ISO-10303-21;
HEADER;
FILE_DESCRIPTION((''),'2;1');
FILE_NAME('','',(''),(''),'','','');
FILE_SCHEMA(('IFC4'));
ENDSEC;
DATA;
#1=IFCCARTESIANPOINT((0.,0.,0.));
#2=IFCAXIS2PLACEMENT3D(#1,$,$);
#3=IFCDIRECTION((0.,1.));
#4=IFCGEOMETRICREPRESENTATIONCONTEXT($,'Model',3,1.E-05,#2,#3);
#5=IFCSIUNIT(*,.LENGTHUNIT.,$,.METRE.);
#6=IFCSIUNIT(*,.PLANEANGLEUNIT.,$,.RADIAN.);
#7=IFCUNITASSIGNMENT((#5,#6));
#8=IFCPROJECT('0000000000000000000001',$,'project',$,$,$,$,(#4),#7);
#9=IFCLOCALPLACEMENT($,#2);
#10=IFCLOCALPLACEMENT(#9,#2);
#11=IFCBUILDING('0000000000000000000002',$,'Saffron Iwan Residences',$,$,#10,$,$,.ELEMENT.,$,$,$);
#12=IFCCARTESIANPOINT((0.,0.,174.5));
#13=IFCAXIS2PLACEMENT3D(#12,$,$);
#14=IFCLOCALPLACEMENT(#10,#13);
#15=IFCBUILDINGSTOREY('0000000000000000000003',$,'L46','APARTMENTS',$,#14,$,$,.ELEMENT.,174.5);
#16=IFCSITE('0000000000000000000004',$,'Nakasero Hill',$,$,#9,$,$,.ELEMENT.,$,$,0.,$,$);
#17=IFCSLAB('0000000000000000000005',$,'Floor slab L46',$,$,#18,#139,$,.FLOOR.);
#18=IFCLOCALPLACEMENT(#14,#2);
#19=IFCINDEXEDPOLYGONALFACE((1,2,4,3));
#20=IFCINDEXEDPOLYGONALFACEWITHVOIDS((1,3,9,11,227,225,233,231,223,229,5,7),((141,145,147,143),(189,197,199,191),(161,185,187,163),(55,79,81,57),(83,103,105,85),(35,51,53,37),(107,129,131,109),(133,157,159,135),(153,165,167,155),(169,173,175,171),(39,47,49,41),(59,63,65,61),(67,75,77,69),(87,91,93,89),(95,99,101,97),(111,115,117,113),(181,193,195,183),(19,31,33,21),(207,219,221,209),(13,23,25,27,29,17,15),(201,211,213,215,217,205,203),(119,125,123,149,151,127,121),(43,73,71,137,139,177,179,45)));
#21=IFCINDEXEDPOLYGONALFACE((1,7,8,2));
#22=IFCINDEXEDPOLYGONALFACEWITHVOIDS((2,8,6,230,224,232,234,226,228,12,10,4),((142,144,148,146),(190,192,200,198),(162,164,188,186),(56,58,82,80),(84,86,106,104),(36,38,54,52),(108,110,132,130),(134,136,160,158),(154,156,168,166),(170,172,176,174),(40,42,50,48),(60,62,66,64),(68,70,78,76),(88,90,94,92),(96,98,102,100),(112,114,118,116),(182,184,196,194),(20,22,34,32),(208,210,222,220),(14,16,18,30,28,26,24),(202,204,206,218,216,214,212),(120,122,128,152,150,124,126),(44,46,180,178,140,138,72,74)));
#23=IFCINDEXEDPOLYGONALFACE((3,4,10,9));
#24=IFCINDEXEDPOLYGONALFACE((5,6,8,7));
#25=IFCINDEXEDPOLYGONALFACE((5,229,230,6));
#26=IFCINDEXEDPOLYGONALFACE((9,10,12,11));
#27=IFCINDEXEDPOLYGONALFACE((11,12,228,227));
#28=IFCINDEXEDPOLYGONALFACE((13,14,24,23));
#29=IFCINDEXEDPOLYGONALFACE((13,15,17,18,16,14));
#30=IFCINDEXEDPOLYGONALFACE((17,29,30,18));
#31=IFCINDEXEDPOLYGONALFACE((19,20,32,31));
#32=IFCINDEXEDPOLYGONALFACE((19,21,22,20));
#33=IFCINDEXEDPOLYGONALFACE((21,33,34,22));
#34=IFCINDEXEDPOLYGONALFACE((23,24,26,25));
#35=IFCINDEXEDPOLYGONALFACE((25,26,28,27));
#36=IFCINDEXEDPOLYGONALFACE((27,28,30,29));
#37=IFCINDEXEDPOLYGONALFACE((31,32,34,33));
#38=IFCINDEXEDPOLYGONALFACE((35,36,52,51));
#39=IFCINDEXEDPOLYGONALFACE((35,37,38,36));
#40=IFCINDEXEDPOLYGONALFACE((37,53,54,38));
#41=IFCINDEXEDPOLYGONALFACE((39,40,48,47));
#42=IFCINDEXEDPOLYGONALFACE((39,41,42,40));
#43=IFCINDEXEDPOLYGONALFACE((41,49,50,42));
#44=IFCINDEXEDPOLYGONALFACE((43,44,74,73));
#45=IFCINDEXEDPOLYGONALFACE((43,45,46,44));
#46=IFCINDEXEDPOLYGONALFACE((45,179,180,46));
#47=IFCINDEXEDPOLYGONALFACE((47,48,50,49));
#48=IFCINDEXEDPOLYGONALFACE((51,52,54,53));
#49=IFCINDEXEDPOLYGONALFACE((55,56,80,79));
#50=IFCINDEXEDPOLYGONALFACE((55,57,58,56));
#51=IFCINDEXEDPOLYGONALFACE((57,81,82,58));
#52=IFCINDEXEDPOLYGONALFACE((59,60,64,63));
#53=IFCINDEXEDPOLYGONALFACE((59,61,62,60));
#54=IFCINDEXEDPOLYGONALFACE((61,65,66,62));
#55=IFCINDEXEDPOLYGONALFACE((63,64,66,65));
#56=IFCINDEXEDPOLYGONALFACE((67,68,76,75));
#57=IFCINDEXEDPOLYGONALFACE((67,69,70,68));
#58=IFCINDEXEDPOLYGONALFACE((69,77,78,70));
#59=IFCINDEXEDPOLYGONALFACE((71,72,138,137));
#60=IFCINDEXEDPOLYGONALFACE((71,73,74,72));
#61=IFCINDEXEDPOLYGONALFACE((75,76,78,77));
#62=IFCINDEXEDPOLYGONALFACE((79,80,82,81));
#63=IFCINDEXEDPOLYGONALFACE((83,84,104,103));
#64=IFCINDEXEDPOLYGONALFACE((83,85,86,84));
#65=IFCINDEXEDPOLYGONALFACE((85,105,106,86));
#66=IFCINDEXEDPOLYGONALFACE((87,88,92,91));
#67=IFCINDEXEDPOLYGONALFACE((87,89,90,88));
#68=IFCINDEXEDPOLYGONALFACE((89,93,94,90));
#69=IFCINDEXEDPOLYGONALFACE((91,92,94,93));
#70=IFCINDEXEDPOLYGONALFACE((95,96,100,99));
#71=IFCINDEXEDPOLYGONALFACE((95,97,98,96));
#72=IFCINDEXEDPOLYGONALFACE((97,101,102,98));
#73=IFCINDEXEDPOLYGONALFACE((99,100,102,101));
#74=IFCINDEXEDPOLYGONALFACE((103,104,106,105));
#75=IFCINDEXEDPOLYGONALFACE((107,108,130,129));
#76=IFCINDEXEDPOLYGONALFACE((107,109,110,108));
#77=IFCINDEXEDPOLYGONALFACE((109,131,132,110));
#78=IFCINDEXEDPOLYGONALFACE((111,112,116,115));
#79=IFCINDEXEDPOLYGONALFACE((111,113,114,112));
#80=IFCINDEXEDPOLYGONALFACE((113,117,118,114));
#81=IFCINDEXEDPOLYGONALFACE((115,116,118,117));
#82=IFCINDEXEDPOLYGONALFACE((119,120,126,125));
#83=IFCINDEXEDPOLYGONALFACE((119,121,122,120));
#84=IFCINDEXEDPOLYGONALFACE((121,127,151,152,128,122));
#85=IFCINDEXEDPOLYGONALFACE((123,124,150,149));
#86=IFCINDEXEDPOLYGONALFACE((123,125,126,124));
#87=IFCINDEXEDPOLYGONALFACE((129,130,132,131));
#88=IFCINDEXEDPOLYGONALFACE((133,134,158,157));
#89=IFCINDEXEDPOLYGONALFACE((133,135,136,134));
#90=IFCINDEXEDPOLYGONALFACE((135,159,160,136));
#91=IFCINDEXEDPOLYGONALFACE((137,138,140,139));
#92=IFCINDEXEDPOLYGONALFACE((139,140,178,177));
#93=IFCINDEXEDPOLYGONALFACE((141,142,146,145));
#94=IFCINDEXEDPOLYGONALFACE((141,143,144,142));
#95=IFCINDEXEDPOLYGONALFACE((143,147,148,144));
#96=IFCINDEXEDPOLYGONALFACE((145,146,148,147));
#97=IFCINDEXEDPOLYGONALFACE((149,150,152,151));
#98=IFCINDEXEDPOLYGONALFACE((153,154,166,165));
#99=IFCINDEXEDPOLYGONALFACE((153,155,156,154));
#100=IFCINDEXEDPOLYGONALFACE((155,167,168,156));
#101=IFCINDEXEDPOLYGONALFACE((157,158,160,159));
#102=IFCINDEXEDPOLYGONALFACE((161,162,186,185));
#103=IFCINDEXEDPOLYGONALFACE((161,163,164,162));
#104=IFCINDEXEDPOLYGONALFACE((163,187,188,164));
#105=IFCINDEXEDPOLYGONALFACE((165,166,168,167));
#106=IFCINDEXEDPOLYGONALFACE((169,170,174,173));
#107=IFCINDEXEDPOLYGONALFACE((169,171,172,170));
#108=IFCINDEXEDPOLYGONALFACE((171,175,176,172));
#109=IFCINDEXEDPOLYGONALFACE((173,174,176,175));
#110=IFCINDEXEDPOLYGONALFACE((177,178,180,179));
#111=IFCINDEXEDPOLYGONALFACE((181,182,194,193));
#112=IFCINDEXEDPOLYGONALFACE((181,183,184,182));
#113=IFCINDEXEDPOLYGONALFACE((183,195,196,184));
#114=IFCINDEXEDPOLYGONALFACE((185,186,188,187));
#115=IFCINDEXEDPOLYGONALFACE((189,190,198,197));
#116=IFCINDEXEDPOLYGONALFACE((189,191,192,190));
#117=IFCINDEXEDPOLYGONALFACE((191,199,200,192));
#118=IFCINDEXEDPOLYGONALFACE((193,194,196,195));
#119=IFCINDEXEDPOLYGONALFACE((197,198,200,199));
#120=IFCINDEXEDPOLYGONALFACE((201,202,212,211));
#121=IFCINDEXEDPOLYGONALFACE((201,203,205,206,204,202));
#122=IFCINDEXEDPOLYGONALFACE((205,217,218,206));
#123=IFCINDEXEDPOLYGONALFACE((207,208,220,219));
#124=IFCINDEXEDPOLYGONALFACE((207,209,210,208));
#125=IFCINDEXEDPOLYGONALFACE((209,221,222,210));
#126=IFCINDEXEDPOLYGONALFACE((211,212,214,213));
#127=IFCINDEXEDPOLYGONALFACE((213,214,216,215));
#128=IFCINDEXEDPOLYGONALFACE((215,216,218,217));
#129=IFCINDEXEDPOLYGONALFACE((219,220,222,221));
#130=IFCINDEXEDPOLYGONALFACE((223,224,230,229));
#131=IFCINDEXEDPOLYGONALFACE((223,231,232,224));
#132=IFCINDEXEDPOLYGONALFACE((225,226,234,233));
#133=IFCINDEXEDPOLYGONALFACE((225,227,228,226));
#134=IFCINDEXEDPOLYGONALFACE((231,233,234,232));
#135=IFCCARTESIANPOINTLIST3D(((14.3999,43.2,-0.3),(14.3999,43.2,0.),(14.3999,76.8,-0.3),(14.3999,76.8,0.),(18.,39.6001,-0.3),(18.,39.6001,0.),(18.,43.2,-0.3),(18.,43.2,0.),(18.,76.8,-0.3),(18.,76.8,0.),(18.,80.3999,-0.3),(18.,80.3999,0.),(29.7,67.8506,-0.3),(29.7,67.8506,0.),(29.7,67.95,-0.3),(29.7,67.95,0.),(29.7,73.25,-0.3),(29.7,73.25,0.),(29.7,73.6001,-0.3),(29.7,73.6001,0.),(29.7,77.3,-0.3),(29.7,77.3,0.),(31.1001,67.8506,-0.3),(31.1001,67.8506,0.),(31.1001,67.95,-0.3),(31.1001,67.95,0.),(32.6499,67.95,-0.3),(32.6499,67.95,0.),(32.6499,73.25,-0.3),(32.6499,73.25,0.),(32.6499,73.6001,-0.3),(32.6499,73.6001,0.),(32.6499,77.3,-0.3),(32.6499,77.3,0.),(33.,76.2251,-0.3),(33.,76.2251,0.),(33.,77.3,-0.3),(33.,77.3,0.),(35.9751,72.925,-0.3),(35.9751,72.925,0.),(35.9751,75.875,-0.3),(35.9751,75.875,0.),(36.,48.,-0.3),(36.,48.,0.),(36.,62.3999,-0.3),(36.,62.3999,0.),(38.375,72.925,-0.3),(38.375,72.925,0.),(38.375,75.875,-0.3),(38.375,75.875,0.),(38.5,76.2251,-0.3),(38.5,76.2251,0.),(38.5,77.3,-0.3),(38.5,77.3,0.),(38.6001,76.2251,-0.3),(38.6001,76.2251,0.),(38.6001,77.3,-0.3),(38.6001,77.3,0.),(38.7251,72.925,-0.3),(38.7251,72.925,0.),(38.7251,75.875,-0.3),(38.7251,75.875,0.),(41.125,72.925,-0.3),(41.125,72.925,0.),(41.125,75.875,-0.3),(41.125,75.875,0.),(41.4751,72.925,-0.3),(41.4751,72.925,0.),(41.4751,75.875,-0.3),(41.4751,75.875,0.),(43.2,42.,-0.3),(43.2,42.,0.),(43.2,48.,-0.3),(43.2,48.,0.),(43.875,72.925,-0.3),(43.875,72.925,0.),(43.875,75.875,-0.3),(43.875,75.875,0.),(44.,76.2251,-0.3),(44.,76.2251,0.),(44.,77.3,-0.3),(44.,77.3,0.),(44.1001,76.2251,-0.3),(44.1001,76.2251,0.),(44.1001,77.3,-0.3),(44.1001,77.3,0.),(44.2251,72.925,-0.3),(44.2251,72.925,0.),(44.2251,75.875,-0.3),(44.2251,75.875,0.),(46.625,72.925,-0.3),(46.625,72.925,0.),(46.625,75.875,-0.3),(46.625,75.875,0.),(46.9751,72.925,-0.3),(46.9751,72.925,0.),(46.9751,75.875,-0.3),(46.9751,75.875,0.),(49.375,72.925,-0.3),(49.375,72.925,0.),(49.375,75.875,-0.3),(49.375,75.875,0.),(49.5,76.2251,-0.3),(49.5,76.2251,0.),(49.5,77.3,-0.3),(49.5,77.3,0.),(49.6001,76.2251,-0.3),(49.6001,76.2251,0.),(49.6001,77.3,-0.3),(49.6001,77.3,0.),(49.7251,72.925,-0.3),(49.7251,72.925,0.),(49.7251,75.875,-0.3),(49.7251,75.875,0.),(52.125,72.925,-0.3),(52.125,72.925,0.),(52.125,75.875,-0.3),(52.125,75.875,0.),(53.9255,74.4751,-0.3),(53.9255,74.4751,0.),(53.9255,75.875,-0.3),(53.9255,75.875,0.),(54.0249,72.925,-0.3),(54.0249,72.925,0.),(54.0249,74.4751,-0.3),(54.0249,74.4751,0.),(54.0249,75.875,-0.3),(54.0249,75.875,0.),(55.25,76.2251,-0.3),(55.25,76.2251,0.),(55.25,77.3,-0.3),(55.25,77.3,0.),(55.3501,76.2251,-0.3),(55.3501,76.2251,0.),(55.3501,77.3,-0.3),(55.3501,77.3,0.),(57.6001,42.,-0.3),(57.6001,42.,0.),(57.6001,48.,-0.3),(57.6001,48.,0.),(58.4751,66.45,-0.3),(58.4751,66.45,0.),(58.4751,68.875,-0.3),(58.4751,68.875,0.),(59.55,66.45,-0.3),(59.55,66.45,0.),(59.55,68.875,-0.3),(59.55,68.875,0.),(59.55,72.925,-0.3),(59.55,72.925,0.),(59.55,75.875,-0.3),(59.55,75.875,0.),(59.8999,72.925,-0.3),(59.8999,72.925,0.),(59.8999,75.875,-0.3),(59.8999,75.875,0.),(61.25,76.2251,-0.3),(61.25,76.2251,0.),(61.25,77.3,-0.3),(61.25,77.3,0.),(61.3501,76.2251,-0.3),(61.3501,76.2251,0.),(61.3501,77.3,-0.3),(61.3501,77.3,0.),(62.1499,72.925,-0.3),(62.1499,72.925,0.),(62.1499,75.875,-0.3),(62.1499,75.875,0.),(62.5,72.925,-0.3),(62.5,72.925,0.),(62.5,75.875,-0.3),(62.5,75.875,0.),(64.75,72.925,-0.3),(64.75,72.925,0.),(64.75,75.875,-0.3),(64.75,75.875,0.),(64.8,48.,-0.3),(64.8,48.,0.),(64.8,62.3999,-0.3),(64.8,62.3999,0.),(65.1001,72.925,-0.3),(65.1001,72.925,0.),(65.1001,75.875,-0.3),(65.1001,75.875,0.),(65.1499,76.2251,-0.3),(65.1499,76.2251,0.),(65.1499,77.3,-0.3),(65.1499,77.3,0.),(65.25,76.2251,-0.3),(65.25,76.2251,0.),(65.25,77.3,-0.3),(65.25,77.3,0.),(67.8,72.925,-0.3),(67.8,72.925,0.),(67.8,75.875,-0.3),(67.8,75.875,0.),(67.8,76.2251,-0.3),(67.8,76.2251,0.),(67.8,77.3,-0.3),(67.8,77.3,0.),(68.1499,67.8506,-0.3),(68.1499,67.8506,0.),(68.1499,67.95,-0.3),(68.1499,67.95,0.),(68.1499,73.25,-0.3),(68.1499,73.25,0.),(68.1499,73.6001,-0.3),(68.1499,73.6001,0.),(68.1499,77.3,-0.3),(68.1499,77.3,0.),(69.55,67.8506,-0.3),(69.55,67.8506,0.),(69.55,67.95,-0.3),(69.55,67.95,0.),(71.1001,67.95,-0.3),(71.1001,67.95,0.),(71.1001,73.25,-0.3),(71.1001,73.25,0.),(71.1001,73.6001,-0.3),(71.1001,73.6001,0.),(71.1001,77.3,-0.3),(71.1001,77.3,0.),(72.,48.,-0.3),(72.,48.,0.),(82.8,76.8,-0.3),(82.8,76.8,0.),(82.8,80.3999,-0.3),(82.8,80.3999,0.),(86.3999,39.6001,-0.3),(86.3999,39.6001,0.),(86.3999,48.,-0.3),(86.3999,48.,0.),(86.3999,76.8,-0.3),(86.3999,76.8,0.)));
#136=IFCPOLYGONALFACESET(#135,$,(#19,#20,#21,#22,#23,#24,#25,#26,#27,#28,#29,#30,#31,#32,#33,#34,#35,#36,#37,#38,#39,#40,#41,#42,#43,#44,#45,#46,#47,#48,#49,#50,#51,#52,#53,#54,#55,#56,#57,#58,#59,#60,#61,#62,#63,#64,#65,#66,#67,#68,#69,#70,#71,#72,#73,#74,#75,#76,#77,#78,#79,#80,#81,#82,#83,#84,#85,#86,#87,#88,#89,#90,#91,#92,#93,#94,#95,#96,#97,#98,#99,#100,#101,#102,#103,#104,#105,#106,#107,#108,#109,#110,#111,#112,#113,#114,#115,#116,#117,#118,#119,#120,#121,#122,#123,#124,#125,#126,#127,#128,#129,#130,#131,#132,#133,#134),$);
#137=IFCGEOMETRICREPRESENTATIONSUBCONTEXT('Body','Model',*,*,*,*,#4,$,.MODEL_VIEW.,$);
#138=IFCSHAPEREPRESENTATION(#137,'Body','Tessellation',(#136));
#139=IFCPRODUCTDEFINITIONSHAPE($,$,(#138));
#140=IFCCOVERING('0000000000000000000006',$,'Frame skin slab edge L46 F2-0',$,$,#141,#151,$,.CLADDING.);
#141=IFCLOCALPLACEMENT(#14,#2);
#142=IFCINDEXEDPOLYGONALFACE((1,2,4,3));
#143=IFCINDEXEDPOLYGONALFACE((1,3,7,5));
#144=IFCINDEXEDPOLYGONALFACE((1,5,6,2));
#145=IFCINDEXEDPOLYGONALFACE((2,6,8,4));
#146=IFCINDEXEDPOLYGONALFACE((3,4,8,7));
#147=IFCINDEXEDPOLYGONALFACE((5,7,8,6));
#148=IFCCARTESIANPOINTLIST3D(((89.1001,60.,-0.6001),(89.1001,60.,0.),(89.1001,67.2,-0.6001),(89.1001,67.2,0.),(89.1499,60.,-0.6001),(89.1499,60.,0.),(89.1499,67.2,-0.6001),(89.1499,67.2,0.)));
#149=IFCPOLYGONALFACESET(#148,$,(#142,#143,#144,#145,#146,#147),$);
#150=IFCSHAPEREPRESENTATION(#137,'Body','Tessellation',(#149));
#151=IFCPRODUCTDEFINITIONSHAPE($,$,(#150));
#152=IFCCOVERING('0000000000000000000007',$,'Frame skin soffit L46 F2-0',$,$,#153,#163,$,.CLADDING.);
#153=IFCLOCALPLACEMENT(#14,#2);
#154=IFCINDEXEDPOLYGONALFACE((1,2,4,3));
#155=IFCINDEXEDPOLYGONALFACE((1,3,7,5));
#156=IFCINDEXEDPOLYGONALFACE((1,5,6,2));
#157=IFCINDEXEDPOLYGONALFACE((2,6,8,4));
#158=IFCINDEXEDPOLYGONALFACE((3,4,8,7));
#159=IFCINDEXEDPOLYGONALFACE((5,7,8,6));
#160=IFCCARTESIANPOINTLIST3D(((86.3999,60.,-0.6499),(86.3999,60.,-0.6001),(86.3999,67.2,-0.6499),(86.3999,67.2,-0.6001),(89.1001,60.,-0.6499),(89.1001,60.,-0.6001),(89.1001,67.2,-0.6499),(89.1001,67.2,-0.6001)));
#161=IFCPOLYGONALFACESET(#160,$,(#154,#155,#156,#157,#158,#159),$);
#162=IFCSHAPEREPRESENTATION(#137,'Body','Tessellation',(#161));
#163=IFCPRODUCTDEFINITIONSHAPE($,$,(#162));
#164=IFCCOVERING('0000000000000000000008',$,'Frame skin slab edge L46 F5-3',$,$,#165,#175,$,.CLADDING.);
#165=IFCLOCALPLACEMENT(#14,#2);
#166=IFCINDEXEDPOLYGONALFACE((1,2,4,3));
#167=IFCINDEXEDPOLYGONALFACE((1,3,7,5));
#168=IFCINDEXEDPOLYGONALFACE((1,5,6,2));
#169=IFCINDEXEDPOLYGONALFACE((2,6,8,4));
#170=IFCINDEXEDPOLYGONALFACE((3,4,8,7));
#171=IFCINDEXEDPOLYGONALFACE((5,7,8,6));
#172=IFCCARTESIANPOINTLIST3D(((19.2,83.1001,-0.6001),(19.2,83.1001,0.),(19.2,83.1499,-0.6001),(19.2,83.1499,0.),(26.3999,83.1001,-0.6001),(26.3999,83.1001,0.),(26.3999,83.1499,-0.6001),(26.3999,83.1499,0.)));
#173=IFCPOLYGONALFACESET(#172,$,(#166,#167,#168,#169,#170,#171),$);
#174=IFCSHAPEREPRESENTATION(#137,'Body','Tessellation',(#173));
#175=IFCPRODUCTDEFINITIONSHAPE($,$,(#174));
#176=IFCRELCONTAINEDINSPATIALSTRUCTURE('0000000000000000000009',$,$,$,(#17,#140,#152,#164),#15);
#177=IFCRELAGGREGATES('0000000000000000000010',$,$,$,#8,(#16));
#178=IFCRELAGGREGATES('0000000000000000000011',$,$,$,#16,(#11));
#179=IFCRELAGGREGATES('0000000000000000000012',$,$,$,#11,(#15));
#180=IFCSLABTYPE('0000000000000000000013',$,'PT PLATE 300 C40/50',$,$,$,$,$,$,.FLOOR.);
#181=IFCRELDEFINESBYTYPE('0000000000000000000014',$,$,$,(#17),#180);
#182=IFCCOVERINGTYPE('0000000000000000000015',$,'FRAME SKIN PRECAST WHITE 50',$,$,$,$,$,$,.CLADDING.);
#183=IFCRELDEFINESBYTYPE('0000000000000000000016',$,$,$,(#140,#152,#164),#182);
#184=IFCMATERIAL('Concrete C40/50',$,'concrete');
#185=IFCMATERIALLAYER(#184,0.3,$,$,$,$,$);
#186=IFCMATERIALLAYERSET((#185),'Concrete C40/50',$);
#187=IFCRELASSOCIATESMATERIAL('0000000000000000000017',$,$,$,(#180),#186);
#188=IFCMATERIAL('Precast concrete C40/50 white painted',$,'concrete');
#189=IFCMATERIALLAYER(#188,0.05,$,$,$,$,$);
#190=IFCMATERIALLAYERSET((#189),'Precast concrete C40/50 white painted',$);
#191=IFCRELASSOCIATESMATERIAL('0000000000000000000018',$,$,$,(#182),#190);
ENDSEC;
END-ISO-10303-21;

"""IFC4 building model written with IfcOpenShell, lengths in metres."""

from ifc_helpers import new_model, si_unit, direction, frame, origin, place, context, subcontext, project, spatial, polyline, outline, extrude, material, layer, layer_set, type_object, element, save


model = new_model("IFC4")

# Units and contexts
model_context = context("Model", 3, precision=1e-05, world=origin(), true_north=direction((0.0, 1.0)))
body_context = subcontext(model_context, "Body", "Model", "MODEL_VIEW")
ifc_project = project(units=[si_unit("LENGTHUNIT", "METRE"), si_unit("PLANEANGLEUNIT", "RADIAN")], contexts=[model_context])

# Site, building, storey
site_placement = place(None, origin())
site = spatial("IfcSite", under=ifc_project, at=site_placement, Name="Nakasero Hill", CompositionType="ELEMENT", RefElevation=0.0)
building_placement = place(site_placement, origin())
building = spatial("IfcBuilding", under=site, at=building_placement, Name="Saffron Iwan Residences", CompositionType="ELEMENT")
storey_placement = place(building_placement, frame((0.0, 0.0, 174.5)))
storey = spatial("IfcBuildingStorey", under=building, at=storey_placement, Name="L46", Description="APARTMENTS", CompositionType="ELEMENT", Elevation=174.5)

# Slab
ifc_material_1 = material(Name="Concrete C40/50", Category="concrete")
ifc_layer_1 = layer(ifc_material_1, 0.3)
ifc_layer_set_1 = layer_set([ifc_layer_1], Name="Concrete C40/50")
slab_type_1 = type_object("IfcSlabType", Name="PT PLATE 300 C40/50", PredefinedType="FLOOR", material=ifc_layer_set_1)
slab_1_placement = place(storey_placement, frame((0.0, 0.0, -0.3)))
element("IfcSlab", 1, at=slab_1_placement, inside=storey, type_object=slab_type_1, Name="Floor slab L46", PredefinedType="FLOOR", context=body_context, shape_type="SweptSolid", body=[
    extrude(outline(polyline([(14.3999, 43.2), (14.3999, 76.8), (18.0, 76.8), (18.0, 80.3999), (82.8, 80.3999), (82.8, 76.8), (86.3999, 76.8), (86.3999, 48.0), (72.0, 48.0), (86.3999, 39.6001), (18.0, 39.6001), (18.0, 43.2), (14.3999, 43.2)]), holes=[polyline([(64.8, 48.0), (64.8, 62.3999), (36.0, 62.3999), (36.0, 48.0), (43.2, 48.0), (43.2, 42.0), (57.6001, 42.0), (57.6001, 48.0), (64.8, 48.0)]), polyline([(29.7, 73.25), (29.7, 67.95), (29.7, 67.8506), (31.1001, 67.8506), (31.1001, 67.95), (32.6499, 67.95), (32.6499, 73.25), (29.7, 73.25)]), polyline([(38.375, 75.875), (35.9751, 75.875), (35.9751, 72.925), (38.375, 72.925), (38.375, 75.875)]), polyline([(41.125, 75.875), (38.7251, 75.875), (38.7251, 72.925), (41.125, 72.925), (41.125, 75.875)]), polyline([(43.875, 72.925), (43.875, 75.875), (41.4751, 75.875), (41.4751, 72.925), (43.875, 72.925)]), polyline([(46.625, 72.925), (46.625, 75.875), (44.2251, 75.875), (44.2251, 72.925), (46.625, 72.925)]), polyline([(49.375, 75.875), (46.9751, 75.875), (46.9751, 72.925), (49.375, 72.925), (49.375, 75.875)]), polyline([(52.125, 72.925), (52.125, 75.875), (49.7251, 75.875), (49.7251, 72.925), (52.125, 72.925)]), polyline([(32.6499, 73.6001), (32.6499, 77.3), (29.7, 77.3), (29.7, 73.6001), (32.6499, 73.6001)]), polyline([(38.5, 77.3), (33.0, 77.3), (33.0, 76.2251), (38.5, 76.2251), (38.5, 77.3)]), polyline([(44.0, 76.2251), (44.0, 77.3), (38.6001, 77.3), (38.6001, 76.2251), (44.0, 76.2251)]), polyline([(49.5, 76.2251), (49.5, 77.3), (44.1001, 77.3), (44.1001, 76.2251), (49.5, 76.2251)]), polyline([(59.55, 68.875), (58.4751, 68.875), (58.4751, 66.45), (59.55, 66.45), (59.55, 68.875)]), polyline([(68.1499, 73.25), (68.1499, 67.95), (68.1499, 67.8506), (69.55, 67.8506), (69.55, 67.95), (71.1001, 67.95), (71.1001, 73.25), (68.1499, 73.25)]), polyline([(54.0249, 74.4751), (54.0249, 72.925), (59.55, 72.925), (59.55, 75.875), (54.0249, 75.875), (53.9255, 75.875), (53.9255, 74.4751), (54.0249, 74.4751)]), polyline([(62.1499, 72.925), (62.1499, 75.875), (59.8999, 75.875), (59.8999, 72.925), (62.1499, 72.925)]), polyline([(64.75, 72.925), (64.75, 75.875), (62.5, 75.875), (62.5, 72.925), (64.75, 72.925)]), polyline([(67.8, 75.875), (65.1001, 75.875), (65.1001, 72.925), (67.8, 72.925), (67.8, 75.875)]), polyline([(71.1001, 73.6001), (71.1001, 77.3), (68.1499, 77.3), (68.1499, 73.6001), (71.1001, 73.6001)]), polyline([(55.25, 76.2251), (55.25, 77.3), (49.6001, 77.3), (49.6001, 76.2251), (55.25, 76.2251)]), polyline([(61.25, 77.3), (55.3501, 77.3), (55.3501, 76.2251), (61.25, 76.2251), (61.25, 77.3)]), polyline([(65.1499, 76.2251), (65.1499, 77.3), (61.3501, 77.3), (61.3501, 76.2251), (65.1499, 76.2251)]), polyline([(67.8, 76.2251), (67.8, 77.3), (65.25, 77.3), (65.25, 76.2251), (67.8, 76.2251)])]), origin(), (0.0, 0.0, 1.0), 0.3),
])

# Coverings
ifc_material_2 = material(Name="Precast concrete C40/50 white painted", Category="concrete")
ifc_layer_2 = layer(ifc_material_2, 0.05)
ifc_layer_set_2 = layer_set([ifc_layer_2], Name="Precast concrete C40/50 white painted")
covering_type_1 = type_object("IfcCoveringType", Name="FRAME SKIN PRECAST WHITE 50", PredefinedType="CLADDING", material=ifc_layer_set_2)
covering_1_placement = place(storey_placement, frame((0.0, 0.0, -0.6001)))
element("IfcCovering", 2, at=covering_1_placement, inside=storey, type_object=covering_type_1, Name="Frame skin slab edge L46 F2-0", PredefinedType="CLADDING", context=body_context, shape_type="SweptSolid", body=[
    extrude(outline(polyline([(89.1499, 60.0), (89.1499, 67.2), (89.1001, 67.2), (89.1001, 60.0), (89.1499, 60.0)])), origin(), (0.0, 0.0, 1.0), 0.6001),
])
covering_2_placement = place(storey_placement, frame((0.0, 0.0, -0.6499)))
element("IfcCovering", 3, at=covering_2_placement, inside=storey, type_object=covering_type_1, Name="Frame skin soffit L46 F2-0", PredefinedType="CLADDING", context=body_context, shape_type="SweptSolid", body=[
    extrude(outline(polyline([(89.1001, 60.0), (89.1001, 67.2), (86.3999, 67.2), (86.3999, 60.0), (89.1001, 60.0)])), origin(), (0.0, 0.0, 1.0), 0.0498),
])
covering_3_placement = place(storey_placement, frame((0.0, 0.0, -0.6001)))
element("IfcCovering", 4, at=covering_3_placement, inside=storey, type_object=covering_type_1, Name="Frame skin slab edge L46 F5-3", PredefinedType="CLADDING", context=body_context, shape_type="SweptSolid", body=[
    extrude(outline(polyline([(26.3999, 83.1499), (19.2, 83.1499), (19.2, 83.1001), (26.3999, 83.1001), (26.3999, 83.1499)])), origin(), (0.0, 0.0, 1.0), 0.6001),
])

save(model, "model.ifc")
